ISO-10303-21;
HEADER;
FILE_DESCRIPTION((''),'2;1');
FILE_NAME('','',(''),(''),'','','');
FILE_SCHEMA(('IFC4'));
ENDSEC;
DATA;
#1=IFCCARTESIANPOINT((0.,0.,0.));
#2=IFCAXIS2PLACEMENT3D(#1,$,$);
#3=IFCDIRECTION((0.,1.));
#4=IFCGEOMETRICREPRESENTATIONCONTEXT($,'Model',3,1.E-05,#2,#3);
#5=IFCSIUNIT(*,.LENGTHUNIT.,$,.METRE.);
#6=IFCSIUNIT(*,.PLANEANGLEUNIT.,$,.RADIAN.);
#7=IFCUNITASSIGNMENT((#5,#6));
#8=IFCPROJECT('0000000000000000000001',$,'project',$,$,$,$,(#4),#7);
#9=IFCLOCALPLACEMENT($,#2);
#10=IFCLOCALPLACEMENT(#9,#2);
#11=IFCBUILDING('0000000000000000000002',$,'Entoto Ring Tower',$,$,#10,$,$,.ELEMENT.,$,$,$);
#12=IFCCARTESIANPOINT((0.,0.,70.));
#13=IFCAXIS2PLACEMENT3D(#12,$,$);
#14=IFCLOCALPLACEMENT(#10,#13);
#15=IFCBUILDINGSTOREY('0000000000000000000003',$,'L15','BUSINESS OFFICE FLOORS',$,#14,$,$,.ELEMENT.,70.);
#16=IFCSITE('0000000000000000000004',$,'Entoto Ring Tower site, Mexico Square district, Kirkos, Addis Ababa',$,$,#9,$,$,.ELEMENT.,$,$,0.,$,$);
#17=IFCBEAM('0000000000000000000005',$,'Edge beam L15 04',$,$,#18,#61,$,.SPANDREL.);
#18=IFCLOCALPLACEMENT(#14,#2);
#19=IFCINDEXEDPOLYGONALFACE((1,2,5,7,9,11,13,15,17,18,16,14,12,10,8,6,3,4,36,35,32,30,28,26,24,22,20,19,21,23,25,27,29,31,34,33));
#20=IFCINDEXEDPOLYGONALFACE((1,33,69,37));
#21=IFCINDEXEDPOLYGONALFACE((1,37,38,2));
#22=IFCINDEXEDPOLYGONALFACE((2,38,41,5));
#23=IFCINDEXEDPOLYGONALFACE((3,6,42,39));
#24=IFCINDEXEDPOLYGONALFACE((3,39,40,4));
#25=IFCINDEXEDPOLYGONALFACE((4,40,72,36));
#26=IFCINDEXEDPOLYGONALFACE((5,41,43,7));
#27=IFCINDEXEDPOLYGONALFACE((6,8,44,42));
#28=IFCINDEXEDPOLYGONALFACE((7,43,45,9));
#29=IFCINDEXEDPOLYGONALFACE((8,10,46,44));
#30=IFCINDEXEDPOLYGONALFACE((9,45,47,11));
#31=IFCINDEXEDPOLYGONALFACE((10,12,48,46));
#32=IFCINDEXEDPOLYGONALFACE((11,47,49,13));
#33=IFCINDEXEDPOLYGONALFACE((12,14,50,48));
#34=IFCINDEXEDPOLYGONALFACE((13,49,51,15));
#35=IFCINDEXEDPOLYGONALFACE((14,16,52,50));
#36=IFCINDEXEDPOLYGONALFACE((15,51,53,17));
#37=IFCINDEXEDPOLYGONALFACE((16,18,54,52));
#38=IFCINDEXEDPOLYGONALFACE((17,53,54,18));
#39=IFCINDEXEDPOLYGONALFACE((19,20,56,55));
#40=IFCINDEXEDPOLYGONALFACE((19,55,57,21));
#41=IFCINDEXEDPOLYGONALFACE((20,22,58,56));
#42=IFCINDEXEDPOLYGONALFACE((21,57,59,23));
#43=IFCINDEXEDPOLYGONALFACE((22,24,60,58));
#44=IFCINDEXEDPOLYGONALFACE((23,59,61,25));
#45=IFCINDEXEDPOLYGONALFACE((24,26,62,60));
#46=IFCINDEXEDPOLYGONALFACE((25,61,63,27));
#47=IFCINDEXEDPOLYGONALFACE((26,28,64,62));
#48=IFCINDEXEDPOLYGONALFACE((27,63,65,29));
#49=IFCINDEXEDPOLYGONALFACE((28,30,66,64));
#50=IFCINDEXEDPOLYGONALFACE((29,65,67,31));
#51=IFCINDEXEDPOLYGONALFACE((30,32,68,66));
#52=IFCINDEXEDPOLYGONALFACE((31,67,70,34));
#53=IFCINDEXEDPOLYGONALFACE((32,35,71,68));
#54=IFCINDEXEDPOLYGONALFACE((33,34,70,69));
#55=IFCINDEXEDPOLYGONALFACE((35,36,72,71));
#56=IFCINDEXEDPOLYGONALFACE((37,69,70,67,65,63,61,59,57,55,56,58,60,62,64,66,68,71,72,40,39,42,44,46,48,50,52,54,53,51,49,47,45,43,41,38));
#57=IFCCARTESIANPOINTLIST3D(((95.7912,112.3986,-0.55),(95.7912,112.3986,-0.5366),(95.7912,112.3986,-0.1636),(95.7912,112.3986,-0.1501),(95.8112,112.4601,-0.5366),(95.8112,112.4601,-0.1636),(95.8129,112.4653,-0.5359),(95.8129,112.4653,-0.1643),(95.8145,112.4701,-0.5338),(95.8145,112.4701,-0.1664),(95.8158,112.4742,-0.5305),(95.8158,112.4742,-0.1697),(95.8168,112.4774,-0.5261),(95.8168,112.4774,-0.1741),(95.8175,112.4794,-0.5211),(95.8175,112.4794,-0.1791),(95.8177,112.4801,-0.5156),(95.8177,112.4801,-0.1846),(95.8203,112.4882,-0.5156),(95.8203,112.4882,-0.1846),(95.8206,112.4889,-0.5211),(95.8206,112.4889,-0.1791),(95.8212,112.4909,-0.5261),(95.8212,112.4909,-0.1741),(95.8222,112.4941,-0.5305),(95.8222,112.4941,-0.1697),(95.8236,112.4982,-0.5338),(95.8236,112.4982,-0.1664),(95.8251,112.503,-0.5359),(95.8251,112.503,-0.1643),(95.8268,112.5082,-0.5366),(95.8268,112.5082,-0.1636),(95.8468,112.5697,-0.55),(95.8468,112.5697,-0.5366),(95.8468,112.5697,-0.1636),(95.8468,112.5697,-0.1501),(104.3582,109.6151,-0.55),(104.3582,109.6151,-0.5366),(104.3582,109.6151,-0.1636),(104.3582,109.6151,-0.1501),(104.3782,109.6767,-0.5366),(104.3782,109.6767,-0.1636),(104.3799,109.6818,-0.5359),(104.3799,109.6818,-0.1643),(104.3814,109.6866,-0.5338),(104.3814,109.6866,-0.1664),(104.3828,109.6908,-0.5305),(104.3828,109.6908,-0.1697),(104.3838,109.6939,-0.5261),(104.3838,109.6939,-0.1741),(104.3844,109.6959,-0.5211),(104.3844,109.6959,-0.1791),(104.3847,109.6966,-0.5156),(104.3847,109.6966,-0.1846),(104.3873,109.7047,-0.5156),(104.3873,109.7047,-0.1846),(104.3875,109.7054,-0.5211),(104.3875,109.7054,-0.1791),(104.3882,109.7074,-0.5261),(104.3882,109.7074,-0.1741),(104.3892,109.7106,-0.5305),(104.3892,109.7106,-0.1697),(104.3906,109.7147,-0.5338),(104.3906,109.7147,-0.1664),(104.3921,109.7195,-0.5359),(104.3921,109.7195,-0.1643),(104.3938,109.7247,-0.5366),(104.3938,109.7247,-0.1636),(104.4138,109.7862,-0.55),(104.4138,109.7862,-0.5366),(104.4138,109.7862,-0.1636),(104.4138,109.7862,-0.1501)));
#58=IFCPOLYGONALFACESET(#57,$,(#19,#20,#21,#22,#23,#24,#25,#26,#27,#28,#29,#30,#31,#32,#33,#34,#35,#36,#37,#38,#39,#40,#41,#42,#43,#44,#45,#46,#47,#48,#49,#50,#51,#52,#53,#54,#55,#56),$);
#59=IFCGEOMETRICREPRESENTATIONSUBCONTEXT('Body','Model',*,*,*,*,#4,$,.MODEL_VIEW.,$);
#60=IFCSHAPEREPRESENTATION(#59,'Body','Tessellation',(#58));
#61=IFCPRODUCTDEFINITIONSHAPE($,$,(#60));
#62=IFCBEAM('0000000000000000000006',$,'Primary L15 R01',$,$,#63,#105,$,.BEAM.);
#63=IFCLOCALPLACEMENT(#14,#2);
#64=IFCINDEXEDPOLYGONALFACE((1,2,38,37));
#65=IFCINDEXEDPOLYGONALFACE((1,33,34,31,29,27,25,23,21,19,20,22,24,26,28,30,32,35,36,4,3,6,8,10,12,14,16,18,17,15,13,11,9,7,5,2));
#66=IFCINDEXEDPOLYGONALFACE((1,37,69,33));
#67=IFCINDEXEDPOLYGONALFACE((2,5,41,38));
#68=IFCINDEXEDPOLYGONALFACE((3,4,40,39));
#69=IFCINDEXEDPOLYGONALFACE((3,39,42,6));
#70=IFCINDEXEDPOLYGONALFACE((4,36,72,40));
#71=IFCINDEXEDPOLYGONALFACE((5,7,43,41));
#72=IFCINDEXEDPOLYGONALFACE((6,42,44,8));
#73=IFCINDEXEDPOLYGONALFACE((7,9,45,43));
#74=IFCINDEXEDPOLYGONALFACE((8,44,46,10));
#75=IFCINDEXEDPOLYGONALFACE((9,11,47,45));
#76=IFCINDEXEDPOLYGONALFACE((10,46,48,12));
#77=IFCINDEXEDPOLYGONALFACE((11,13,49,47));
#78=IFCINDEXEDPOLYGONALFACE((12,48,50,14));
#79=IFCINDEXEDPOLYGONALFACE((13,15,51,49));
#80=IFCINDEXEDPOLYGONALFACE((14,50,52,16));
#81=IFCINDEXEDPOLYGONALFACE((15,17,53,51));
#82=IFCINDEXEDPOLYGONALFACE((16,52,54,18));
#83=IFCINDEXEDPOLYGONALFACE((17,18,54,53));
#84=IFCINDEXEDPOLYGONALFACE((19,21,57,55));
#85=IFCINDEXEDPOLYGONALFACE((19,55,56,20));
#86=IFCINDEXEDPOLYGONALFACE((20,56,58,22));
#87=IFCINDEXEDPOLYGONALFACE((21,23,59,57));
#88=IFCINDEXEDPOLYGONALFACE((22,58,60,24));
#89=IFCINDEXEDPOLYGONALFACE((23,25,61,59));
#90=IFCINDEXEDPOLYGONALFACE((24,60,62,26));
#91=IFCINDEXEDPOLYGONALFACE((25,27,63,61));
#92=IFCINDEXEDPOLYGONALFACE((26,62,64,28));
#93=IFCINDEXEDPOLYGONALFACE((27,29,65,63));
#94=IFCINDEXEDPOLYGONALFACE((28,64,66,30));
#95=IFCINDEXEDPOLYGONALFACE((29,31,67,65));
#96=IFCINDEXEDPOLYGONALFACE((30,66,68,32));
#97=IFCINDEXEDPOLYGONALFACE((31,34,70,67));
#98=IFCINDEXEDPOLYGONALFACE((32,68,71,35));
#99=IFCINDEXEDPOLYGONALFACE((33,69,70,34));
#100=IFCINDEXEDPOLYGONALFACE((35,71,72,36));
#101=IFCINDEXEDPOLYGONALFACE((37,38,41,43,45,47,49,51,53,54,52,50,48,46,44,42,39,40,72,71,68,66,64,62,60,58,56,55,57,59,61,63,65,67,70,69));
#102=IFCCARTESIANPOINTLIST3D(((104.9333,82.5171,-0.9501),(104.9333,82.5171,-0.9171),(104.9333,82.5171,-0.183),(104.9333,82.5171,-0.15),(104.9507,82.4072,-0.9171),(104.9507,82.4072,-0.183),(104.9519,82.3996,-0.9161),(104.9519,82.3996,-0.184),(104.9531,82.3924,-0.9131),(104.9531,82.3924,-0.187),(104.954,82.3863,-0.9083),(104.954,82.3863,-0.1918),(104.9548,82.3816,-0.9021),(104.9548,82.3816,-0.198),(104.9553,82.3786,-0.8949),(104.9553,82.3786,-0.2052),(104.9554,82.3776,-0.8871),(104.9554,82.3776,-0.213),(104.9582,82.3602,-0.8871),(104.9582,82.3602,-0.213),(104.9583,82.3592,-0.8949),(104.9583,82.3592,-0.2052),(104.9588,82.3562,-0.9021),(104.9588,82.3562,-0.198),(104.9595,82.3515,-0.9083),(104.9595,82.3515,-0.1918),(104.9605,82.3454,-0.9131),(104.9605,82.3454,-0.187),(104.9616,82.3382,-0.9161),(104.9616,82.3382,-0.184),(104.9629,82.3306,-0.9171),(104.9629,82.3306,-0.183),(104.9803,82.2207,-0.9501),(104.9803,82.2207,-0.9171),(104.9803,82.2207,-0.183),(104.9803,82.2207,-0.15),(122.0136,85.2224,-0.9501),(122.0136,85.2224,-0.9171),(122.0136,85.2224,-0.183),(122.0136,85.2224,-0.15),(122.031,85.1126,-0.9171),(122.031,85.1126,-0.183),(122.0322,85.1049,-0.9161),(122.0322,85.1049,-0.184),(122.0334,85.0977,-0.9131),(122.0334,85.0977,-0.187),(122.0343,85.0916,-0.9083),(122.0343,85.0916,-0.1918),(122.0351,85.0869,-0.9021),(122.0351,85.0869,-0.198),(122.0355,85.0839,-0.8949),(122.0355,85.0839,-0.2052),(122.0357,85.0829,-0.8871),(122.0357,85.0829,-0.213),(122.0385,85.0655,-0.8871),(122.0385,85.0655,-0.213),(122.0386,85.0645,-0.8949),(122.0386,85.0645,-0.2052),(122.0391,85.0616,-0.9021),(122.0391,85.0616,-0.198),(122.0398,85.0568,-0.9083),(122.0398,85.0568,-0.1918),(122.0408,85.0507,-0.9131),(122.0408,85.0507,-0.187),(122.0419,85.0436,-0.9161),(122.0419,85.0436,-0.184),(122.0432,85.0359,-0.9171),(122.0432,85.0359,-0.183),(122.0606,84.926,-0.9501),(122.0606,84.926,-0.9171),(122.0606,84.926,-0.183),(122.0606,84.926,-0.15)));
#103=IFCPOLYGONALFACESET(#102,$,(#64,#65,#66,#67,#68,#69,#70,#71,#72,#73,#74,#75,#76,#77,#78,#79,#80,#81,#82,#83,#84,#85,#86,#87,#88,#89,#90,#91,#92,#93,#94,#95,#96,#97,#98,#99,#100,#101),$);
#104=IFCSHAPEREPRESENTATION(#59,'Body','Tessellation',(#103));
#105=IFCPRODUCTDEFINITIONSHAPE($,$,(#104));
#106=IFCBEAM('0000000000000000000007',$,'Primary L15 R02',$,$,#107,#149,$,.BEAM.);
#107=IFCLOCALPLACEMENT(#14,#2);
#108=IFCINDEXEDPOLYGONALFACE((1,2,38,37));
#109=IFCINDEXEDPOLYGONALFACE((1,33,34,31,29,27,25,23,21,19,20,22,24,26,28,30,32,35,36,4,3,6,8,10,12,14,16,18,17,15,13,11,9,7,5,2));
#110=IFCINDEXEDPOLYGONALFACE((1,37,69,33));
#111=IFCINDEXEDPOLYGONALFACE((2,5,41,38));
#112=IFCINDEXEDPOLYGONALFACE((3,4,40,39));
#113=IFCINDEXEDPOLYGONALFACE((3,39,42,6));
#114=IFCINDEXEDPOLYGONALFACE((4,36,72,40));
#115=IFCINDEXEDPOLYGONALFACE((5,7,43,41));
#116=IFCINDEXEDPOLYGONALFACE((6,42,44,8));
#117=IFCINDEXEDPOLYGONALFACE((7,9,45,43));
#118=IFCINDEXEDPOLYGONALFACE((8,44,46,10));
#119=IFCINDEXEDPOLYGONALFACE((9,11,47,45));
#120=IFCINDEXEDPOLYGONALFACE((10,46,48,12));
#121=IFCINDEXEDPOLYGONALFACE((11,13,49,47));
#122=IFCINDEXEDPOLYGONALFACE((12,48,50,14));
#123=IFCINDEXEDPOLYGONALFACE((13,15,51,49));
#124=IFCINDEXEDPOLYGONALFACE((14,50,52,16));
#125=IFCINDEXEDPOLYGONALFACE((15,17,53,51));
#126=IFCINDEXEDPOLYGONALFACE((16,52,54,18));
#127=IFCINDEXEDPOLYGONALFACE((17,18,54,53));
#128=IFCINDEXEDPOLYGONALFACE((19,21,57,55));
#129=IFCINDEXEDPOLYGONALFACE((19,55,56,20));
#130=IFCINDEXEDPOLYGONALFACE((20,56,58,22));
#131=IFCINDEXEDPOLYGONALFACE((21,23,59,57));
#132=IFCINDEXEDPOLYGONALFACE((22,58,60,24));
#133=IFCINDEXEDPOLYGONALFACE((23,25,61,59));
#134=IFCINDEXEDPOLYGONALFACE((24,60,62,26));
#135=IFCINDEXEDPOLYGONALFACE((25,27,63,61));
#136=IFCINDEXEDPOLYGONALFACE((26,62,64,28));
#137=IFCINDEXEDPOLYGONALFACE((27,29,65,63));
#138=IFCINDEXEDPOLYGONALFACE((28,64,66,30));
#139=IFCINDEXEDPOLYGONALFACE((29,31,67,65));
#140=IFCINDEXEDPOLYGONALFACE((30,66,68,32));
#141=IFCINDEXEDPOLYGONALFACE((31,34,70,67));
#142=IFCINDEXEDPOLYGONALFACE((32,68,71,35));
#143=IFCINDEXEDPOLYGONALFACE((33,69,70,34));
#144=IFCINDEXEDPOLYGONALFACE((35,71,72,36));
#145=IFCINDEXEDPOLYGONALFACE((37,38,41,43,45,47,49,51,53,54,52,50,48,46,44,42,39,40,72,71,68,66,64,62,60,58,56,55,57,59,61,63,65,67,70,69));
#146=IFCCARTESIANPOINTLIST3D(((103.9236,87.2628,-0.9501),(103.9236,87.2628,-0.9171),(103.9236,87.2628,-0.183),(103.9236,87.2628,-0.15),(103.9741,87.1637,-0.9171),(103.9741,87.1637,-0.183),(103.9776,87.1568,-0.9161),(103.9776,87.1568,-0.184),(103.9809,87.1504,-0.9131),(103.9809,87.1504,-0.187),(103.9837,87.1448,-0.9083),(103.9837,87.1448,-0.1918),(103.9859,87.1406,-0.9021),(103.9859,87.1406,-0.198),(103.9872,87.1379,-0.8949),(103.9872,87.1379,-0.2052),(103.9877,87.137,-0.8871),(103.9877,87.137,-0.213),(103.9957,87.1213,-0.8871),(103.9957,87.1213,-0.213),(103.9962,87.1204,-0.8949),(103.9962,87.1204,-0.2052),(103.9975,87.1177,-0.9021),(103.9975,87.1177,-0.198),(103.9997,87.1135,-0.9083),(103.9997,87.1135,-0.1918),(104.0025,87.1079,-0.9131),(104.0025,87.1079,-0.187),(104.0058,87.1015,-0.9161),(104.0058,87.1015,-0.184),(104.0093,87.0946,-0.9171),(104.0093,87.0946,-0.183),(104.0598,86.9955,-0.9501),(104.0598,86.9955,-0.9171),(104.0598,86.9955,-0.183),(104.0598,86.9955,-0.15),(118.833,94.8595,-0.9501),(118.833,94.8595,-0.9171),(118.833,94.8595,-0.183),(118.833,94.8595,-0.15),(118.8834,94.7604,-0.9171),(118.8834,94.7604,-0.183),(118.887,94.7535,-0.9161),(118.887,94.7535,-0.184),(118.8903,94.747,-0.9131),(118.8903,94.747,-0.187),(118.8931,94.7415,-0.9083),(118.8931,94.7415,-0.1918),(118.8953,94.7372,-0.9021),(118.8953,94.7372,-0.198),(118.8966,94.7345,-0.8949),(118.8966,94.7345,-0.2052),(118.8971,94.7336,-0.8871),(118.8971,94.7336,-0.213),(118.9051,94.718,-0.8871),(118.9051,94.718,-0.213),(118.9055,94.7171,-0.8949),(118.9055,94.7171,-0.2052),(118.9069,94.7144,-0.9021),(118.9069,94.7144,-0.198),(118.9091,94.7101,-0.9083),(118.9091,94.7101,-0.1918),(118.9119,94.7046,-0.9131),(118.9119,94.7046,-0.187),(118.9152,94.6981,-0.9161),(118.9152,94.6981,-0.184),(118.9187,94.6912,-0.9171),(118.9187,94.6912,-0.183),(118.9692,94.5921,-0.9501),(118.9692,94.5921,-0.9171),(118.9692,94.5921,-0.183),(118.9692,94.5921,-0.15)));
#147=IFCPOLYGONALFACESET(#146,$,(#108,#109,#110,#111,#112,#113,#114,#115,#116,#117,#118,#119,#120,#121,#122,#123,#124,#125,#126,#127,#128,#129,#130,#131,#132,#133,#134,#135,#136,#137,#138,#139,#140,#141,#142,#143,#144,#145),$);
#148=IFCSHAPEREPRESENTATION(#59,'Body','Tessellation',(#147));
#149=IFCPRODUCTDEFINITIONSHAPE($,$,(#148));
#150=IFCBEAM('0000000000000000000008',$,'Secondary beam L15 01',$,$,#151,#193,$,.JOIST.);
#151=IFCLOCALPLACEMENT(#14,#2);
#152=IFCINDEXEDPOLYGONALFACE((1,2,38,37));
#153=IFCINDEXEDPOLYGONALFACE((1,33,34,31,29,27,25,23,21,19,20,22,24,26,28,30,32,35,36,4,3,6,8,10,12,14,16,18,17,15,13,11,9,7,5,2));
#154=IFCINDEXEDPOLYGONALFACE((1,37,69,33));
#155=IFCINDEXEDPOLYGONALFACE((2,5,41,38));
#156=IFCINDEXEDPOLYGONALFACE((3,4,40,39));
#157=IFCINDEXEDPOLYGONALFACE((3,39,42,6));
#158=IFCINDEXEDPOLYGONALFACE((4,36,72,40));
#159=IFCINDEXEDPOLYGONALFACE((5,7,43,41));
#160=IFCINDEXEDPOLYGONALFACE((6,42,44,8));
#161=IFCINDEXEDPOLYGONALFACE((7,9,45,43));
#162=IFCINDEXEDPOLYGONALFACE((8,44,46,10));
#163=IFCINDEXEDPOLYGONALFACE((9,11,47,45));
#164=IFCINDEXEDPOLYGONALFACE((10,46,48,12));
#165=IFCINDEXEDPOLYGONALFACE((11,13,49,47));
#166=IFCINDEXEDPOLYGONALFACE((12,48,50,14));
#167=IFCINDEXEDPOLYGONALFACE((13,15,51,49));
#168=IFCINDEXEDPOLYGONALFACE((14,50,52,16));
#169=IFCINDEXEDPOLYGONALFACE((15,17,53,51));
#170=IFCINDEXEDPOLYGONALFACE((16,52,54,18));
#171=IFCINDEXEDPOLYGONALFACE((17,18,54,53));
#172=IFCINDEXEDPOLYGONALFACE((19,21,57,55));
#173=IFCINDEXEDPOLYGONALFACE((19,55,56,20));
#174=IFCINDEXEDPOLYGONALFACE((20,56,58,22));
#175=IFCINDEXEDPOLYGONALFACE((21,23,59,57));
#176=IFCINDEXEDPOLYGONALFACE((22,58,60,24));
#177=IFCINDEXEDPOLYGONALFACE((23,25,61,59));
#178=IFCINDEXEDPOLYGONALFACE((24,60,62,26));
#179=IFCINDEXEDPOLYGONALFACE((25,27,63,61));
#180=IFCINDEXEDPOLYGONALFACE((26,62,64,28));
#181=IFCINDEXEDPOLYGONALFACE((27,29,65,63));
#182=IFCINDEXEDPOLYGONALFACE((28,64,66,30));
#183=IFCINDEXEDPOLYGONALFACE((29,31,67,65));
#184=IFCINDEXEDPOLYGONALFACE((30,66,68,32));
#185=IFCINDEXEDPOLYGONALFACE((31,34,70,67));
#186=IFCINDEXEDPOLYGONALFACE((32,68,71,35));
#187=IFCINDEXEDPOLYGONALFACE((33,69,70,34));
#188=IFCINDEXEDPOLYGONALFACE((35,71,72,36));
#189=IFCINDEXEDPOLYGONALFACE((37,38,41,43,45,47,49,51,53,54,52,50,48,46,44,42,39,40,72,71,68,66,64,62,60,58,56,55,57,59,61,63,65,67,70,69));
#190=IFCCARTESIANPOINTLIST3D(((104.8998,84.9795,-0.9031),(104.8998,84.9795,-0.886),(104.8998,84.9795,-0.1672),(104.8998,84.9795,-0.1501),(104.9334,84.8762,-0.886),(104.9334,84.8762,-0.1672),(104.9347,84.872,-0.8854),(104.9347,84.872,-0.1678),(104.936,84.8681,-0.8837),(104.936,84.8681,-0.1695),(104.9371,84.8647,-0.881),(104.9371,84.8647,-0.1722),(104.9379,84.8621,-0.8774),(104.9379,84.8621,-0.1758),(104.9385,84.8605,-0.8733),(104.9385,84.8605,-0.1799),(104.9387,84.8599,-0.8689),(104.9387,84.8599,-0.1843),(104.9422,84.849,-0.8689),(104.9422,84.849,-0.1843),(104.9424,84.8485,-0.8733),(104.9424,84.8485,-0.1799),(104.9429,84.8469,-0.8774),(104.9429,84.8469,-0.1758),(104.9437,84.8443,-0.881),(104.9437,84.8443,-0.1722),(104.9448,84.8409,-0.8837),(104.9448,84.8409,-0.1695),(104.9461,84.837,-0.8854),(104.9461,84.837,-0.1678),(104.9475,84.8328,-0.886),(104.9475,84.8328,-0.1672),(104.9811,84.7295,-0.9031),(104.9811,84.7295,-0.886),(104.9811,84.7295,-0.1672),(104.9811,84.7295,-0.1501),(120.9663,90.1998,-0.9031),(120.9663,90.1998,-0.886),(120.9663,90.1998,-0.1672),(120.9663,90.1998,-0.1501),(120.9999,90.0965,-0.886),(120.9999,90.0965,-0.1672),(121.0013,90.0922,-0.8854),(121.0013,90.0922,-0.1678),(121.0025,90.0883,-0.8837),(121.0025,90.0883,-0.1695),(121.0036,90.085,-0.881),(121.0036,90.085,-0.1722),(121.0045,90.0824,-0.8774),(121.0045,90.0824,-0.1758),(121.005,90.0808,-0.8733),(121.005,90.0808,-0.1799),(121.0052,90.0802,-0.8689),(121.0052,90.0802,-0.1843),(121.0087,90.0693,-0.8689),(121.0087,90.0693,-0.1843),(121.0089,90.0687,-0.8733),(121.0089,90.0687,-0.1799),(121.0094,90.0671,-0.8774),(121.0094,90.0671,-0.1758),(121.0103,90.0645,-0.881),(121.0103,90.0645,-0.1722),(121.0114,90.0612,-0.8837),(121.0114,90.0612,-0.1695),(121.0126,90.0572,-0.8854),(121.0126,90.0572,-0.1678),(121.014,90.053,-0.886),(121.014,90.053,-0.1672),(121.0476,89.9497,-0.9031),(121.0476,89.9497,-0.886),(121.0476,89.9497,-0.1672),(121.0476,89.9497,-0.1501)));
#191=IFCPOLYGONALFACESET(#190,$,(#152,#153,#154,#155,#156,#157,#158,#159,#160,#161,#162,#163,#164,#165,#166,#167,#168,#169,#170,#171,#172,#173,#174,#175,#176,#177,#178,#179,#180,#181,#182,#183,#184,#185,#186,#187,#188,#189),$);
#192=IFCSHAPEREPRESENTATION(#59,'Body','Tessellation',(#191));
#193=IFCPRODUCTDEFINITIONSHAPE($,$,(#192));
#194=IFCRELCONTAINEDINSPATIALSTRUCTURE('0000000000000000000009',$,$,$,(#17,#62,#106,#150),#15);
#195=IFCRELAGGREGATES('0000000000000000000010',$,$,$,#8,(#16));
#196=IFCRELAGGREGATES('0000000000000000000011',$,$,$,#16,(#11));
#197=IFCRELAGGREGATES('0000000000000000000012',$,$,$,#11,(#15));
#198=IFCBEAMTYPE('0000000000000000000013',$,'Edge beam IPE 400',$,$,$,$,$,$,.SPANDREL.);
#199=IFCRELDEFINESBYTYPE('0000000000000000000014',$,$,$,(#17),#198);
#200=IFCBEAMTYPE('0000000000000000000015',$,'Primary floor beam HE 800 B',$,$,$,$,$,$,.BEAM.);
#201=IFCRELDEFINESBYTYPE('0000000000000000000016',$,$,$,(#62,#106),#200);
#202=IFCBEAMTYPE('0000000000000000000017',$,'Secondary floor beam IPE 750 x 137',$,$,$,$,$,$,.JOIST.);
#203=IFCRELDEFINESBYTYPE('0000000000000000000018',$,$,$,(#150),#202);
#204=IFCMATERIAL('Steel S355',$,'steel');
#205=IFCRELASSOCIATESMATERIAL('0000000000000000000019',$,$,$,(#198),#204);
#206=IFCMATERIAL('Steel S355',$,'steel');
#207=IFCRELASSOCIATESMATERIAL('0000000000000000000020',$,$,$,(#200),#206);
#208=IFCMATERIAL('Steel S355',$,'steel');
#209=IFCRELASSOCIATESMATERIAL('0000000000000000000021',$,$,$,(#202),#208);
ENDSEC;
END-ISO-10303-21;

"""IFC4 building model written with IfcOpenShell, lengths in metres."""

from ifc_helpers import new_model, si_unit, direction, frame, origin, origin_2d, place, context, subcontext, project, spatial, i_section, extrude, material, material_profile, profile_set, type_object, element, save


model = new_model("IFC4")

# Units and contexts
model_context = context("Model", 3, precision=1e-05, world=origin(), true_north=direction((0.0, 1.0)))
body_context = subcontext(model_context, "Body", "Model", "MODEL_VIEW")
ifc_project = project(units=[si_unit("LENGTHUNIT", "METRE"), si_unit("PLANEANGLEUNIT", "RADIAN")], contexts=[model_context])

# Site, building, storey
site_placement = place(None, origin())
site = spatial("IfcSite", under=ifc_project, at=site_placement, Name="Entoto Ring Tower site, Mexico Square district, Kirkos, Addis Ababa", CompositionType="ELEMENT", RefElevation=0.0)
building_placement = place(site_placement, origin())
building = spatial("IfcBuilding", under=site, at=building_placement, Name="Entoto Ring Tower", CompositionType="ELEMENT")
storey_placement = place(building_placement, frame((0.0, 0.0, 70.0)))
storey = spatial("IfcBuildingStorey", under=building, at=storey_placement, Name="L15", Description="BUSINESS OFFICE FLOORS", CompositionType="ELEMENT", Elevation=70.0)

# Beams
ifc_material_1 = material(Name="Steel S355", Category="steel")
ifc_material_profile_1 = material_profile(ifc_material_1, i_section(OverallWidth=0.1799, OverallDepth=0.3999, WebThickness=0.0085, FlangeThickness=0.0134, FilletRadius=0.021, at=origin_2d()), Name="IPE 400")
ifc_profile_set_1 = profile_set([ifc_material_profile_1], Name="Steel S355")
beam_type_1 = type_object("IfcBeamType", Name="Edge beam IPE 400", PredefinedType="SPANDREL", material=ifc_profile_set_1)
for number, where, z_axis, x_axis, name in (
    (1, (104.386, 109.7007, -0.3501), (-0.95106, 0.309006, 0.0), (-0.309006, -0.95106, 0.0), "Edge beam L15 04"),
):
    element("IfcBeam", number, at=place(storey_placement, frame(where, z_axis=z_axis, x_axis=x_axis)), inside=storey, type_object=beam_type_1, Name=name, PredefinedType="SPANDREL", context=body_context, shape_type="SweptSolid", body=[
        extrude(i_section(OverallWidth=0.1799, OverallDepth=0.3999, WebThickness=0.0085, FlangeThickness=0.0134, FilletRadius=0.021, at=origin_2d()), origin(), (0.0, 0.0, 1.0), 9.0078),
    ])
ifc_material_2 = material(Name="Steel S355", Category="steel")
ifc_material_profile_2 = material_profile(ifc_material_2, i_section(OverallWidth=0.3, OverallDepth=0.8, WebThickness=0.0176, FlangeThickness=0.033, FilletRadius=0.03, at=origin_2d()), Name="HE 800 B")
ifc_profile_set_2 = profile_set([ifc_material_profile_2], Name="Steel S355")
beam_type_2 = type_object("IfcBeamType", Name="Primary floor beam HE 800 B", PredefinedType="BEAM", material=ifc_profile_set_2)
beam_1_placement = place(storey_placement, frame((104.9568, 82.3689, -0.55), z_axis=(0.987688, 0.156438, 0.0), x_axis=(-0.156438, 0.987688, 0.0)))
element("IfcBeam", 2, at=beam_1_placement, inside=storey, type_object=beam_type_2, Name="Primary L15 R01", PredefinedType="BEAM", context=body_context, shape_type="SweptSolid", body=[
    extrude(i_section(OverallWidth=0.3, OverallDepth=0.8, WebThickness=0.0176, FlangeThickness=0.033, FilletRadius=0.03, at=origin_2d()), origin(), (0.0, 0.0, 1.0), 17.2932),
])
beam_2_placement = place(storey_placement, frame((103.9917, 87.1292, -0.55), z_axis=(0.891008, 0.453988, 0.0), x_axis=(-0.453988, 0.891008, 0.0)))
element("IfcBeam", 3, at=beam_2_placement, inside=storey, type_object=beam_type_2, Name="Primary L15 R02", PredefinedType="BEAM", context=body_context, shape_type="SweptSolid", body=[
    extrude(i_section(OverallWidth=0.3, OverallDepth=0.8, WebThickness=0.0176, FlangeThickness=0.033, FilletRadius=0.03, at=origin_2d()), origin(), (0.0, 0.0, 1.0), 16.7332),
])
ifc_material_3 = material(Name="Steel S355", Category="steel")
ifc_material_profile_3 = material_profile(ifc_material_3, i_section(OverallWidth=0.2629, OverallDepth=0.7529, WebThickness=0.0115, FlangeThickness=0.0171, FilletRadius=0.0171, at=origin_2d()), Name="IPE 750 x 137")
ifc_profile_set_3 = profile_set([ifc_material_profile_3], Name="Steel S355")
beam_type_3 = type_object("IfcBeamType", Name="Secondary floor beam IPE 750 x 137", PredefinedType="JOIST", material=ifc_profile_set_3)
beam_3_placement = place(storey_placement, frame((104.9404, 84.8545, -0.5266), z_axis=(0.951058, 0.309013, 0.0), x_axis=(-0.309013, 0.951058, 0.0)))
element("IfcBeam", 4, at=beam_3_placement, inside=storey, type_object=beam_type_3, Name="Secondary beam L15 01", PredefinedType="JOIST", context=body_context, shape_type="SweptSolid", body=[
    extrude(i_section(OverallWidth=0.2629, OverallDepth=0.7529, WebThickness=0.0115, FlangeThickness=0.0171, FilletRadius=0.0171, at=origin_2d()), origin(), (0.0, 0.0, 1.0), 16.8933),
])

save(model, "model.ifc")
